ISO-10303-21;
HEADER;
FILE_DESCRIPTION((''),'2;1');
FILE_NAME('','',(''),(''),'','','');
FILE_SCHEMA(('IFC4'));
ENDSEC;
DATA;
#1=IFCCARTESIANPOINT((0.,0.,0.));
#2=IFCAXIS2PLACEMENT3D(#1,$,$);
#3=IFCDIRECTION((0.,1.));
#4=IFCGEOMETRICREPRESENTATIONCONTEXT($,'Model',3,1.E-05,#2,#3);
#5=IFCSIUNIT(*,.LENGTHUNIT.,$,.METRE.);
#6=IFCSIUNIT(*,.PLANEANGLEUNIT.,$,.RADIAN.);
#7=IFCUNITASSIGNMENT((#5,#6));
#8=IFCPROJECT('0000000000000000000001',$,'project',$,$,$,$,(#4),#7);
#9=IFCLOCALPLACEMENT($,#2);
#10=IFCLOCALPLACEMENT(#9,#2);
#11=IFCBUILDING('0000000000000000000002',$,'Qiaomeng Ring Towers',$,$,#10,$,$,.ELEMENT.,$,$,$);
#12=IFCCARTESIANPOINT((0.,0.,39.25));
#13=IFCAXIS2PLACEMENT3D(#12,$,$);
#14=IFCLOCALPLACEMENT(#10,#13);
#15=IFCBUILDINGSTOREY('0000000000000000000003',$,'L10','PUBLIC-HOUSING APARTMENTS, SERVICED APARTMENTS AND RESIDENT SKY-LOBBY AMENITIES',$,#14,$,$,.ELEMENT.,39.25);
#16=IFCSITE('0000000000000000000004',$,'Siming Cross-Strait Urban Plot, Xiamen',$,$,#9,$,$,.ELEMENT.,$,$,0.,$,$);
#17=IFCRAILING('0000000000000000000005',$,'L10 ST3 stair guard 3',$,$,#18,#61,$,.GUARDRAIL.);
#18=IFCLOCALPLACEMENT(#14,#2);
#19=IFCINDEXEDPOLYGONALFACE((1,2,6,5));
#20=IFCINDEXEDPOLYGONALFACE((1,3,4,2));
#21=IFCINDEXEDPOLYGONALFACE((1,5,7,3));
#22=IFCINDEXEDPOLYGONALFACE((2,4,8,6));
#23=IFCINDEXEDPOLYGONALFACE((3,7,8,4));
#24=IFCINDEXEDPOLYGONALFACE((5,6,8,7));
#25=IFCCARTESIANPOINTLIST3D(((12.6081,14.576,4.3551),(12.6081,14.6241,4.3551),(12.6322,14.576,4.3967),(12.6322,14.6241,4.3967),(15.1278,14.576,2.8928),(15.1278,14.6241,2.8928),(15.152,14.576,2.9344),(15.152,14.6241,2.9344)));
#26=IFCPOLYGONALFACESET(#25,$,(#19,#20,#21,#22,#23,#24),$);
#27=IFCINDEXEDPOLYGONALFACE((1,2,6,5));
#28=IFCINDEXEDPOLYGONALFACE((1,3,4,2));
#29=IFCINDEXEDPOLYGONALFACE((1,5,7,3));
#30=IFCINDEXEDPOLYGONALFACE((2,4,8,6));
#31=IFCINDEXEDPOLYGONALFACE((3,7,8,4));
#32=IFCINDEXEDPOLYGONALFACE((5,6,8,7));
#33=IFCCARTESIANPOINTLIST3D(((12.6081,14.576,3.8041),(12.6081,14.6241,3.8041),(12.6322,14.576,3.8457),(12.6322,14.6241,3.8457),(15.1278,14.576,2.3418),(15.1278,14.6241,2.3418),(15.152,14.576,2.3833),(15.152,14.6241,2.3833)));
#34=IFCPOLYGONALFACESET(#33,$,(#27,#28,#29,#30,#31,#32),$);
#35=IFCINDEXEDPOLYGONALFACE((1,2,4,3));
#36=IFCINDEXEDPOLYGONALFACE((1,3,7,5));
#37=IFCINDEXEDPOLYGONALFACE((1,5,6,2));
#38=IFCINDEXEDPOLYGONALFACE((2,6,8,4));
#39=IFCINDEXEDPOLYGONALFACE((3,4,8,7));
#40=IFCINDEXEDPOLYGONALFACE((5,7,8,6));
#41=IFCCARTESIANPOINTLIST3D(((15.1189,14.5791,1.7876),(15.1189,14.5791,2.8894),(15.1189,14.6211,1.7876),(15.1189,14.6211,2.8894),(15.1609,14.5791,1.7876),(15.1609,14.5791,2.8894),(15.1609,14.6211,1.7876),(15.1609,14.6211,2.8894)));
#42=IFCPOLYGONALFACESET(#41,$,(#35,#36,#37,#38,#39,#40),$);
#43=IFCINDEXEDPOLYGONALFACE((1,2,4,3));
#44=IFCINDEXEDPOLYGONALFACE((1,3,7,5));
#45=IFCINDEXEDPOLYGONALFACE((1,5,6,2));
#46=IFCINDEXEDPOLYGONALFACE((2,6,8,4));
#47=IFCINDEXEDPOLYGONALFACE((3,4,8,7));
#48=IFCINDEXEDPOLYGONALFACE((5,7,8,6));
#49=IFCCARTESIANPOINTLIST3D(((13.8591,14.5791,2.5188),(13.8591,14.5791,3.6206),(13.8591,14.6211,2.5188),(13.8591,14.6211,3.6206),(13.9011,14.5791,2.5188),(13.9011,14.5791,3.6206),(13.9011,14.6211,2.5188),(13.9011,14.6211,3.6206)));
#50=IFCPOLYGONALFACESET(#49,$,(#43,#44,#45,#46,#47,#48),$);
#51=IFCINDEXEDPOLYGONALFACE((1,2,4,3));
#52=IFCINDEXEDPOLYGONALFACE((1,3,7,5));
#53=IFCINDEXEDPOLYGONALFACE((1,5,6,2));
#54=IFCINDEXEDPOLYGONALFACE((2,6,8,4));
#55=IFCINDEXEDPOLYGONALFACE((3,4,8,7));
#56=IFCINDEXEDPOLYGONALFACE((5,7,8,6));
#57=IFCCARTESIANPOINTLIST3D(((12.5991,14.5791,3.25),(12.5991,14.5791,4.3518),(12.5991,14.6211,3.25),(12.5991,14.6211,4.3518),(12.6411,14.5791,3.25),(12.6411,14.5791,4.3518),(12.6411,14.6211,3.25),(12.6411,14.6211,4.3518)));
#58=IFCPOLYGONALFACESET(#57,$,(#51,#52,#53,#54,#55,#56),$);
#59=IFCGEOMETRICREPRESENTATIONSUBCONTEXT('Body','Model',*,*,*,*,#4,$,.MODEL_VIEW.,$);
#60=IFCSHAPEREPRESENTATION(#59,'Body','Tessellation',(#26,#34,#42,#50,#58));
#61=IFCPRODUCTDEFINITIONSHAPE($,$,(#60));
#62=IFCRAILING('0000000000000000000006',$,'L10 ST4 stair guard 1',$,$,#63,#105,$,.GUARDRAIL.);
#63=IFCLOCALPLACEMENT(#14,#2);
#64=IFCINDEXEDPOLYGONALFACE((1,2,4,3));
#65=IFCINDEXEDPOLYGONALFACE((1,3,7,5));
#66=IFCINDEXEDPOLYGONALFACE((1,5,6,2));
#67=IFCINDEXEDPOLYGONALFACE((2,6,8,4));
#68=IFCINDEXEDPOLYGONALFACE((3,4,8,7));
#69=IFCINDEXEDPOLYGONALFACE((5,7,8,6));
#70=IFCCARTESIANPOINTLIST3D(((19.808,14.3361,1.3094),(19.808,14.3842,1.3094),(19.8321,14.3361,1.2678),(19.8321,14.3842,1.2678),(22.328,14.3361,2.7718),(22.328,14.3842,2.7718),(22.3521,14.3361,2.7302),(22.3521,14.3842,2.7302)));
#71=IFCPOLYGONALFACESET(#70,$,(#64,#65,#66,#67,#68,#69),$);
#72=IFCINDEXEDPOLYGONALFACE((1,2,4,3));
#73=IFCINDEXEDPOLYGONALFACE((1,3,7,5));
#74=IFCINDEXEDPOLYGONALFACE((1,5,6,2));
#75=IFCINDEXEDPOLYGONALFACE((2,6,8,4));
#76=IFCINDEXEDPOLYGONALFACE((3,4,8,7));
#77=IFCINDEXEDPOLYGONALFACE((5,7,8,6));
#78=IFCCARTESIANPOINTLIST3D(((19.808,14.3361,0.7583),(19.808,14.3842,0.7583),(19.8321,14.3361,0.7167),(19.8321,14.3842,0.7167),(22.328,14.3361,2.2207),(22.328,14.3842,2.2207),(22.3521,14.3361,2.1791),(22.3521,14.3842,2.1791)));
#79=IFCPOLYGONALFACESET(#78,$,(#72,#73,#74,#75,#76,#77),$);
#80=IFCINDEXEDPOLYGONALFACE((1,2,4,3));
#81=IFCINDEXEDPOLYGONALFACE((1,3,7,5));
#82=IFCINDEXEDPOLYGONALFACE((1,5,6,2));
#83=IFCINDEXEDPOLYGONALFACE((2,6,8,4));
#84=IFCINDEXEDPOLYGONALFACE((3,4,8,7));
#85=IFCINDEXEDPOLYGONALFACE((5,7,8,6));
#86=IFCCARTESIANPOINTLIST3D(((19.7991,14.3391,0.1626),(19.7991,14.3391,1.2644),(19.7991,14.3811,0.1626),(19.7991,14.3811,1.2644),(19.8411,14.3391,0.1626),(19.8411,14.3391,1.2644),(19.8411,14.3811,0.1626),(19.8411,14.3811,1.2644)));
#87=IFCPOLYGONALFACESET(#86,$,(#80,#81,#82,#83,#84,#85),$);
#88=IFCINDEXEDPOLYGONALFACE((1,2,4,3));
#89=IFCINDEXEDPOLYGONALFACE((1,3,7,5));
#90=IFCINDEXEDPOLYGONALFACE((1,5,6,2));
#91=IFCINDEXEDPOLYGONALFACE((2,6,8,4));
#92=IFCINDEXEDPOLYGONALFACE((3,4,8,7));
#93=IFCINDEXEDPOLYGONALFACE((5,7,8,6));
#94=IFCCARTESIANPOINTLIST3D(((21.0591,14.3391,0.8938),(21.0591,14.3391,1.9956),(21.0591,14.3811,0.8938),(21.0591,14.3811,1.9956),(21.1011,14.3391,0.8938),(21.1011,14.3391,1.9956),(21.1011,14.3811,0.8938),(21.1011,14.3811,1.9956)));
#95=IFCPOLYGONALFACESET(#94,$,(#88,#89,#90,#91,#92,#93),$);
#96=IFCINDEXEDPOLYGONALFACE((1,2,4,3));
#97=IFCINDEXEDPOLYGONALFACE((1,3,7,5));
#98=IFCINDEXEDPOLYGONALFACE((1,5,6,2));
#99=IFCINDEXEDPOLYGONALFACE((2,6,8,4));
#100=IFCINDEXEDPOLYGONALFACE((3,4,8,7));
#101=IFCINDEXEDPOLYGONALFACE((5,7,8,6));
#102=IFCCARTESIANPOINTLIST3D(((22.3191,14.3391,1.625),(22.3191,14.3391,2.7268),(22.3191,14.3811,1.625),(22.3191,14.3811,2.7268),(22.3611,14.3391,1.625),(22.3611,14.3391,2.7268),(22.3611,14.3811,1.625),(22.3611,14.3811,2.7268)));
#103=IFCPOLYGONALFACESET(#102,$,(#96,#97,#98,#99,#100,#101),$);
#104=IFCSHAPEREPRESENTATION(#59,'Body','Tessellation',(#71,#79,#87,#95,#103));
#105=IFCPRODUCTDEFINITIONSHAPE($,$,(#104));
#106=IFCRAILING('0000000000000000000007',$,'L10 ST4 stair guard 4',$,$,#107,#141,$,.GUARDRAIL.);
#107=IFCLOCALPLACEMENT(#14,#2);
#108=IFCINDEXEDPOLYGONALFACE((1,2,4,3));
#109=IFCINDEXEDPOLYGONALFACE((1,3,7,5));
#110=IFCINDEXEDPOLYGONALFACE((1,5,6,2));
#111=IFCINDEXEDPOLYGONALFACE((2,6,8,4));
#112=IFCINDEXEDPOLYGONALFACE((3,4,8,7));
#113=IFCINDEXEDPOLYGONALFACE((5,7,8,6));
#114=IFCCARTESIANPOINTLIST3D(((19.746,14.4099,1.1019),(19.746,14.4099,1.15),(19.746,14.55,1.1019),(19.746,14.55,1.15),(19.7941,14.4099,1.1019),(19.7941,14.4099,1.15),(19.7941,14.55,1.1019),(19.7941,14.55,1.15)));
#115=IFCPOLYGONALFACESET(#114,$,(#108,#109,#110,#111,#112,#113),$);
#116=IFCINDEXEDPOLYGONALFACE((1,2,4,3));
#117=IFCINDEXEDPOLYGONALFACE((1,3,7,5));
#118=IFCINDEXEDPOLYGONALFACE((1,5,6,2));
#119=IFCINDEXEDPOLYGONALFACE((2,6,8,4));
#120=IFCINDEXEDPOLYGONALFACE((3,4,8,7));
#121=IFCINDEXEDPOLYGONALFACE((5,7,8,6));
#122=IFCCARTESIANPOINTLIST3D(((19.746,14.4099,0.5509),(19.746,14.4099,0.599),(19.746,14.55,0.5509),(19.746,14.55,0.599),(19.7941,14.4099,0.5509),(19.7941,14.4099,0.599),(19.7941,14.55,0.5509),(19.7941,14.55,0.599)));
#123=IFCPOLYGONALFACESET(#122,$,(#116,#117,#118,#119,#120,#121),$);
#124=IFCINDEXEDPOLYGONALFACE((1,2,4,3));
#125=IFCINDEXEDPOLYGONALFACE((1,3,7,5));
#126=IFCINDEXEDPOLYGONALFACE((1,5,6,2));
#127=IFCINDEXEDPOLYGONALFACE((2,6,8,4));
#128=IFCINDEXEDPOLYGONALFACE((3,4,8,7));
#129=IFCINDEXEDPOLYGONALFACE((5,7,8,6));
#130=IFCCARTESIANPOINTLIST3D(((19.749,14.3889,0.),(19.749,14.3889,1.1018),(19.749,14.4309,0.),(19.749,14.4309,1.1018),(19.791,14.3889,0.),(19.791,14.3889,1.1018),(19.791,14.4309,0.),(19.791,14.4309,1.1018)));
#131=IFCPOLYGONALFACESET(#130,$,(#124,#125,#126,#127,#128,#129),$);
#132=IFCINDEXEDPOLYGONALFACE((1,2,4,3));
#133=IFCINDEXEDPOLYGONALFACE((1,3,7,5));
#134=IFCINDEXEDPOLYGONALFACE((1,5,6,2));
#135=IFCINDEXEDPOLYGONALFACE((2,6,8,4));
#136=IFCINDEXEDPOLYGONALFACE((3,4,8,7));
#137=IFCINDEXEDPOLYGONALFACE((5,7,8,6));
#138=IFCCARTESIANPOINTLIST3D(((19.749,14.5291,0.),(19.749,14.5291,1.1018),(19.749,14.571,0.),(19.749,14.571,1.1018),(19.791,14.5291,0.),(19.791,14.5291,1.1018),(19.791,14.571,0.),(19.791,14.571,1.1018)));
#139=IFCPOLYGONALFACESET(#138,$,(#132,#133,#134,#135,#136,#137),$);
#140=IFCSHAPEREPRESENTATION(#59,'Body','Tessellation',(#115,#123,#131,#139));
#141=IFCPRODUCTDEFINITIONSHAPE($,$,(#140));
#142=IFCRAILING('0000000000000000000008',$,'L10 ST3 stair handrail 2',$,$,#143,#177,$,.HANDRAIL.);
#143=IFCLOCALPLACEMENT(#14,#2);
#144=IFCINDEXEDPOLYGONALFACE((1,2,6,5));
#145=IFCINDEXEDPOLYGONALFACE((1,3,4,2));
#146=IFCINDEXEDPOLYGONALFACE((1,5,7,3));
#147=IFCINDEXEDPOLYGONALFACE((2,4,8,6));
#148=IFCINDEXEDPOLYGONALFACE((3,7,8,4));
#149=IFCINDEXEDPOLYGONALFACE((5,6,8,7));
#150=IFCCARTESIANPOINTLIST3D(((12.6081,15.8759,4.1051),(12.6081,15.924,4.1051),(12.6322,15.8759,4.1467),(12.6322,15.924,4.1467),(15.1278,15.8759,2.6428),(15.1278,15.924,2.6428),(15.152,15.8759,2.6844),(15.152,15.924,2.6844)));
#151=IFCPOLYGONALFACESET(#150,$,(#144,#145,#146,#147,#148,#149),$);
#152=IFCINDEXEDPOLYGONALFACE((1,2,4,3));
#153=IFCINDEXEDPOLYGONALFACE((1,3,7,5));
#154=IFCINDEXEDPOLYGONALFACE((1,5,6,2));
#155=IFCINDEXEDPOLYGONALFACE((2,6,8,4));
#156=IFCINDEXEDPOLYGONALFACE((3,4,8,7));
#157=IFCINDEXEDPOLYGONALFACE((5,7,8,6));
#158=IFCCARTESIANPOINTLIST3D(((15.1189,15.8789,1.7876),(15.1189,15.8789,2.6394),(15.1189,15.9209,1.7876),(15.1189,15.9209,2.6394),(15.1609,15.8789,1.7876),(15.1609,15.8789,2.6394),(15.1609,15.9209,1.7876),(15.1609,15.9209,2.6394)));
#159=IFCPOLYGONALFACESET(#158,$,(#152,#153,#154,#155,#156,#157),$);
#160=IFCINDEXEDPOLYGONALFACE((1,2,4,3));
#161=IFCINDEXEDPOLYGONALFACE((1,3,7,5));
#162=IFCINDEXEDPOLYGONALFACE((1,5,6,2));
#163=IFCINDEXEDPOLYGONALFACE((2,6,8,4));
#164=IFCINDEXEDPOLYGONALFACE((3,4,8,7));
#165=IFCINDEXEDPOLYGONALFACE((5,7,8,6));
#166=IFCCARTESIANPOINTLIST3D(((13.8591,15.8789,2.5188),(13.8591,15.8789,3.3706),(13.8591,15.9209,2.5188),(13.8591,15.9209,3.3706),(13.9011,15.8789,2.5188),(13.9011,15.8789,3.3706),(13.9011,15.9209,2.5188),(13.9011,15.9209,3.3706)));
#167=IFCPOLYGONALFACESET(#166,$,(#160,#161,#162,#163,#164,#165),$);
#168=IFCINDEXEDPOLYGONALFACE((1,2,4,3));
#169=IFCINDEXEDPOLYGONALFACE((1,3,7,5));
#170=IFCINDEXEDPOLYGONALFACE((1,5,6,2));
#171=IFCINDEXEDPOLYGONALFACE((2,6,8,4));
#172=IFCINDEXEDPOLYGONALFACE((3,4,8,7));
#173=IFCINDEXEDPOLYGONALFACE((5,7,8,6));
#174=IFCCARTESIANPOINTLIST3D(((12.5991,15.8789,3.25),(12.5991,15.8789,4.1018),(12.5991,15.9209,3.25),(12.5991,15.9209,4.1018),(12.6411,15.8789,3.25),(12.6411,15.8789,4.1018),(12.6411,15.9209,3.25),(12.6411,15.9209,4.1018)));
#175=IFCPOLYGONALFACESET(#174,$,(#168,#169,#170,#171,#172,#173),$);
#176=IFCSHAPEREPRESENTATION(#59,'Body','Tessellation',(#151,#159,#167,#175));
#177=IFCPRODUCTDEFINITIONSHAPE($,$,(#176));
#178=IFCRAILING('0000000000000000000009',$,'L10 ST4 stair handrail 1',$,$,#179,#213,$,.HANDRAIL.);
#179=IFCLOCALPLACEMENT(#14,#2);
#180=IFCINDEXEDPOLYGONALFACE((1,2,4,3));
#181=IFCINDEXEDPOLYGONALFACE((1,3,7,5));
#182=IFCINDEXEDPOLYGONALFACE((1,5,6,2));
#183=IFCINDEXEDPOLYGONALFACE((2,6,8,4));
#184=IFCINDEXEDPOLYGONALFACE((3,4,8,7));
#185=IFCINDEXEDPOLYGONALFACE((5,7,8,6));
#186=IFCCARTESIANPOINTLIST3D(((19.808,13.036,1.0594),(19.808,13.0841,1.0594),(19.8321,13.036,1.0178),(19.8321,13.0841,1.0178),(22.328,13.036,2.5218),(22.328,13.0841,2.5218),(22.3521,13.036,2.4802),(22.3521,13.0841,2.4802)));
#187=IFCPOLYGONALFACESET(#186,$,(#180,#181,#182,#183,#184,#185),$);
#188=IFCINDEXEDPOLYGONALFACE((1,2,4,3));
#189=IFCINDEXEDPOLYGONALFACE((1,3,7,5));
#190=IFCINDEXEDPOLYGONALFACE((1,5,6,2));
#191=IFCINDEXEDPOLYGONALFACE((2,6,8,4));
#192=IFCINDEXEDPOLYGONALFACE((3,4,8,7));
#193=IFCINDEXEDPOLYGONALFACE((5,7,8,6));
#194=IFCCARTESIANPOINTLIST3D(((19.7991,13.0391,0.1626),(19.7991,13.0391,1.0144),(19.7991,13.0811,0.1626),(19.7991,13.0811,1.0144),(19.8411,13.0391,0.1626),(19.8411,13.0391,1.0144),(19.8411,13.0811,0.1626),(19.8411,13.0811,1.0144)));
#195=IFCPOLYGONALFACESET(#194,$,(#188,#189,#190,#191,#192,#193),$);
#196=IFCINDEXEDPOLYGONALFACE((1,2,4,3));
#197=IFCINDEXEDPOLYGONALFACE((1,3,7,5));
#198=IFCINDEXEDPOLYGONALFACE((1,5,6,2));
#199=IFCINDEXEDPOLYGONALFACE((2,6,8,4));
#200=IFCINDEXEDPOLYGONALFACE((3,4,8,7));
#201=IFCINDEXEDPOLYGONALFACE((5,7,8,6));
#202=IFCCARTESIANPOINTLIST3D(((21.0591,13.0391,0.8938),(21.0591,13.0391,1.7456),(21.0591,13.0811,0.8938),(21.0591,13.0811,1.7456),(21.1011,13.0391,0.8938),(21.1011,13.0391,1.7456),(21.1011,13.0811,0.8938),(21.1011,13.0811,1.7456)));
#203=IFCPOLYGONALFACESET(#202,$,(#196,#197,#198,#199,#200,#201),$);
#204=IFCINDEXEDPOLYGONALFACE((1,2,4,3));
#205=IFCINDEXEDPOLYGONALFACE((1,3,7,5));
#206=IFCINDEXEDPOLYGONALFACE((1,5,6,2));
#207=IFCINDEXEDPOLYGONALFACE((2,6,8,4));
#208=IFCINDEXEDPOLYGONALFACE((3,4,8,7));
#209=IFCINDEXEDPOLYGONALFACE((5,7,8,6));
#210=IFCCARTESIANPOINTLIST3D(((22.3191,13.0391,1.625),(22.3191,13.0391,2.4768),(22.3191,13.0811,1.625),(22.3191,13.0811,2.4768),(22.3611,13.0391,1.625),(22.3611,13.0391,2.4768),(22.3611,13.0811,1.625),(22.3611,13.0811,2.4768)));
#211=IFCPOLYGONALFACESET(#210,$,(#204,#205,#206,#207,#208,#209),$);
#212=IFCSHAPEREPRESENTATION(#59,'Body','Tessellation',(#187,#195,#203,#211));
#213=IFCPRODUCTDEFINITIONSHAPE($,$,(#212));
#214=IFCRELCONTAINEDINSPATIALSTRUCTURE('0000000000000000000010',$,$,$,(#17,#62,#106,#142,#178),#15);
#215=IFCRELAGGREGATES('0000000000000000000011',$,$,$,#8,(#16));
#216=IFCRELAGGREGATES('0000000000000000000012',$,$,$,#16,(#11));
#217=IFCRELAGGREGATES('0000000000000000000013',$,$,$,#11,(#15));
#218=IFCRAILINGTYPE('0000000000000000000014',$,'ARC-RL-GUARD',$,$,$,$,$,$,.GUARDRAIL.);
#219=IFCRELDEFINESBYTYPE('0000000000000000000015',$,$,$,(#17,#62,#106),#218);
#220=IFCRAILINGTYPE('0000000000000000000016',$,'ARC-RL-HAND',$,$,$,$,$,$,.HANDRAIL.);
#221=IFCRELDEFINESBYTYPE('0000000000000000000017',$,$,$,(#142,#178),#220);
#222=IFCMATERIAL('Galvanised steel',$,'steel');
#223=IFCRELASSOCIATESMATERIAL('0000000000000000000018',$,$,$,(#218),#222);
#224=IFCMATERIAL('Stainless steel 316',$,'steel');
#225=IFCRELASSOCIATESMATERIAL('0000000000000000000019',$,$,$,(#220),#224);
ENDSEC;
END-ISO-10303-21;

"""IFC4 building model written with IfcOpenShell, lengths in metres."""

from ifc_helpers import new_model, si_unit, direction, frame, origin, origin_2d, place, context, subcontext, project, spatial, rectangle, extrude, material, type_object, element, save


model = new_model("IFC4")

# Units and contexts
model_context = context("Model", 3, precision=1e-05, world=origin(), true_north=direction((0.0, 1.0)))
body_context = subcontext(model_context, "Body", "Model", "MODEL_VIEW")
ifc_project = project(units=[si_unit("LENGTHUNIT", "METRE"), si_unit("PLANEANGLEUNIT", "RADIAN")], contexts=[model_context])

# Site, building, storey
site_placement = place(None, origin())
site = spatial("IfcSite", under=ifc_project, at=site_placement, Name="Siming Cross-Strait Urban Plot, Xiamen", CompositionType="ELEMENT", RefElevation=0.0)
building_placement = place(site_placement, origin())
building = spatial("IfcBuilding", under=site, at=building_placement, Name="Qiaomeng Ring Towers", CompositionType="ELEMENT")
storey_placement = place(building_placement, frame((0.0, 0.0, 39.25)))
storey = spatial("IfcBuildingStorey", under=building, at=storey_placement, Name="L10", Description="PUBLIC-HOUSING APARTMENTS, SERVICED APARTMENTS AND RESIDENT SKY-LOBBY AMENITIES", CompositionType="ELEMENT", Elevation=39.25)

# Shared definitions
ifc_material_1 = material(Name="Galvanised steel", Category="steel")

# Railings
railing_type_1 = type_object("IfcRailingType", Name="ARC-RL-GUARD", PredefinedType="GUARDRAIL", material=ifc_material_1)
railing_1_placement = place(storey_placement, frame((15.1399, 14.6001, 1.7876)))
element("IfcRailing", 1, at=railing_1_placement, inside=storey, type_object=railing_type_1, Name="L10 ST3 stair guard 3", PredefinedType="GUARDRAIL", context=body_context, shape_type="SweptSolid", body=[
    extrude(rectangle(XDim=0.0481, YDim=0.0481, at=origin_2d()), frame((0.0, 0.0, 1.126), z_axis=(-0.864892, 0.0, 0.501958), x_axis=(0.0, -1.0, 0.0)), (0.0, 0.0, 1.0), 2.9133),
    extrude(rectangle(XDim=0.0481, YDim=0.0481, at=origin_2d()), frame((0.0, 0.0, 0.575), z_axis=(-0.864892, 0.0, 0.501958), x_axis=(0.0, -1.0, 0.0)), (0.0, 0.0, 1.0), 2.9133),
    extrude(rectangle(XDim=0.042, YDim=0.042, at=origin_2d()), origin(), (0.0, 0.0, 1.0), 1.1018),
    extrude(rectangle(XDim=0.042, YDim=0.042, at=origin_2d()), frame((-1.2598, 0.0, 0.7312)), (0.0, 0.0, 1.0), 1.1018),
    extrude(rectangle(XDim=0.042, YDim=0.042, at=origin_2d()), frame((-2.5198, 0.0, 1.4624)), (0.0, 0.0, 1.0), 1.1018),
])
railing_2_placement = place(storey_placement, frame((19.8201, 14.3601, 0.1626)))
element("IfcRailing", 2, at=railing_2_placement, inside=storey, type_object=railing_type_1, Name="L10 ST4 stair guard 1", PredefinedType="GUARDRAIL", context=body_context, shape_type="SweptSolid", body=[
    extrude(rectangle(XDim=0.0481, YDim=0.0481, at=origin_2d()), frame((0.0, 0.0, 1.126), z_axis=(0.864913, 0.0, 0.501921), x_axis=(0.0, 1.0, 0.0)), (0.0, 0.0, 1.0), 2.9136),
    extrude(rectangle(XDim=0.0481, YDim=0.0481, at=origin_2d()), frame((0.0, 0.0, 0.575), z_axis=(0.864913, 0.0, 0.501921), x_axis=(0.0, 1.0, 0.0)), (0.0, 0.0, 1.0), 2.9136),
    extrude(rectangle(XDim=0.042, YDim=0.042, at=origin_2d()), origin(), (0.0, 0.0, 1.0), 1.1018),
    extrude(rectangle(XDim=0.042, YDim=0.042, at=origin_2d()), frame((1.26, 0.0, 0.7312)), (0.0, 0.0, 1.0), 1.1018),
    extrude(rectangle(XDim=0.042, YDim=0.042, at=origin_2d()), frame((2.52, 0.0, 1.4624)), (0.0, 0.0, 1.0), 1.1018),
])
railing_3_placement = place(storey_placement, frame((19.77, 14.4099, 0.0)))
element("IfcRailing", 3, at=railing_3_placement, inside=storey, type_object=railing_type_1, Name="L10 ST4 stair guard 4", PredefinedType="GUARDRAIL", context=body_context, shape_type="SweptSolid", body=[
    extrude(rectangle(XDim=0.0481, YDim=0.0481, at=origin_2d()), frame((0.0, 0.0, 1.126), z_axis=(0.0, 1.0, 0.0), x_axis=(-1.0, 0.0, 0.0)), (0.0, 0.0, 1.0), 0.1401),
    extrude(rectangle(XDim=0.0481, YDim=0.0481, at=origin_2d()), frame((0.0, 0.0, 0.575), z_axis=(0.0, 1.0, 0.0), x_axis=(-1.0, 0.0, 0.0)), (0.0, 0.0, 1.0), 0.1401),
    extrude(rectangle(XDim=0.042, YDim=0.042, at=origin_2d()), origin(), (0.0, 0.0, 1.0), 1.1018),
    extrude(rectangle(XDim=0.042, YDim=0.042, at=origin_2d()), frame((0.0, 0.1401, 0.0)), (0.0, 0.0, 1.0), 1.1018),
])
ifc_material_2 = material(Name="Stainless steel 316", Category="steel")
railing_type_2 = type_object("IfcRailingType", Name="ARC-RL-HAND", PredefinedType="HANDRAIL", material=ifc_material_2)
railing_4_placement = place(storey_placement, frame((15.1399, 15.8999, 1.7876)))
element("IfcRailing", 4, at=railing_4_placement, inside=storey, type_object=railing_type_2, Name="L10 ST3 stair handrail 2", PredefinedType="HANDRAIL", context=body_context, shape_type="SweptSolid", body=[
    extrude(rectangle(XDim=0.0481, YDim=0.0481, at=origin_2d()), frame((0.0, 0.0, 0.876), z_axis=(-0.864892, 0.0, 0.501958), x_axis=(0.0, -1.0, 0.0)), (0.0, 0.0, 1.0), 2.9133),
    extrude(rectangle(XDim=0.042, YDim=0.042, at=origin_2d()), origin(), (0.0, 0.0, 1.0), 0.8518),
    extrude(rectangle(XDim=0.042, YDim=0.042, at=origin_2d()), frame((-1.2598, 0.0, 0.7312)), (0.0, 0.0, 1.0), 0.8518),
    extrude(rectangle(XDim=0.042, YDim=0.042, at=origin_2d()), frame((-2.5198, 0.0, 1.4624)), (0.0, 0.0, 1.0), 0.8518),
])
railing_5_placement = place(storey_placement, frame((19.8201, 13.0601, 0.1626)))
element("IfcRailing", 5, at=railing_5_placement, inside=storey, type_object=railing_type_2, Name="L10 ST4 stair handrail 1", PredefinedType="HANDRAIL", context=body_context, shape_type="SweptSolid", body=[
    extrude(rectangle(XDim=0.0481, YDim=0.0481, at=origin_2d()), frame((0.0, 0.0, 0.876), z_axis=(0.864913, 0.0, 0.501921), x_axis=(0.0, 1.0, 0.0)), (0.0, 0.0, 1.0), 2.9136),
    extrude(rectangle(XDim=0.042, YDim=0.042, at=origin_2d()), origin(), (0.0, 0.0, 1.0), 0.8518),
    extrude(rectangle(XDim=0.042, YDim=0.042, at=origin_2d()), frame((1.26, 0.0, 0.7312)), (0.0, 0.0, 1.0), 0.8518),
    extrude(rectangle(XDim=0.042, YDim=0.042, at=origin_2d()), frame((2.52, 0.0, 1.4624)), (0.0, 0.0, 1.0), 0.8518),
])

save(model, "model.ifc")
